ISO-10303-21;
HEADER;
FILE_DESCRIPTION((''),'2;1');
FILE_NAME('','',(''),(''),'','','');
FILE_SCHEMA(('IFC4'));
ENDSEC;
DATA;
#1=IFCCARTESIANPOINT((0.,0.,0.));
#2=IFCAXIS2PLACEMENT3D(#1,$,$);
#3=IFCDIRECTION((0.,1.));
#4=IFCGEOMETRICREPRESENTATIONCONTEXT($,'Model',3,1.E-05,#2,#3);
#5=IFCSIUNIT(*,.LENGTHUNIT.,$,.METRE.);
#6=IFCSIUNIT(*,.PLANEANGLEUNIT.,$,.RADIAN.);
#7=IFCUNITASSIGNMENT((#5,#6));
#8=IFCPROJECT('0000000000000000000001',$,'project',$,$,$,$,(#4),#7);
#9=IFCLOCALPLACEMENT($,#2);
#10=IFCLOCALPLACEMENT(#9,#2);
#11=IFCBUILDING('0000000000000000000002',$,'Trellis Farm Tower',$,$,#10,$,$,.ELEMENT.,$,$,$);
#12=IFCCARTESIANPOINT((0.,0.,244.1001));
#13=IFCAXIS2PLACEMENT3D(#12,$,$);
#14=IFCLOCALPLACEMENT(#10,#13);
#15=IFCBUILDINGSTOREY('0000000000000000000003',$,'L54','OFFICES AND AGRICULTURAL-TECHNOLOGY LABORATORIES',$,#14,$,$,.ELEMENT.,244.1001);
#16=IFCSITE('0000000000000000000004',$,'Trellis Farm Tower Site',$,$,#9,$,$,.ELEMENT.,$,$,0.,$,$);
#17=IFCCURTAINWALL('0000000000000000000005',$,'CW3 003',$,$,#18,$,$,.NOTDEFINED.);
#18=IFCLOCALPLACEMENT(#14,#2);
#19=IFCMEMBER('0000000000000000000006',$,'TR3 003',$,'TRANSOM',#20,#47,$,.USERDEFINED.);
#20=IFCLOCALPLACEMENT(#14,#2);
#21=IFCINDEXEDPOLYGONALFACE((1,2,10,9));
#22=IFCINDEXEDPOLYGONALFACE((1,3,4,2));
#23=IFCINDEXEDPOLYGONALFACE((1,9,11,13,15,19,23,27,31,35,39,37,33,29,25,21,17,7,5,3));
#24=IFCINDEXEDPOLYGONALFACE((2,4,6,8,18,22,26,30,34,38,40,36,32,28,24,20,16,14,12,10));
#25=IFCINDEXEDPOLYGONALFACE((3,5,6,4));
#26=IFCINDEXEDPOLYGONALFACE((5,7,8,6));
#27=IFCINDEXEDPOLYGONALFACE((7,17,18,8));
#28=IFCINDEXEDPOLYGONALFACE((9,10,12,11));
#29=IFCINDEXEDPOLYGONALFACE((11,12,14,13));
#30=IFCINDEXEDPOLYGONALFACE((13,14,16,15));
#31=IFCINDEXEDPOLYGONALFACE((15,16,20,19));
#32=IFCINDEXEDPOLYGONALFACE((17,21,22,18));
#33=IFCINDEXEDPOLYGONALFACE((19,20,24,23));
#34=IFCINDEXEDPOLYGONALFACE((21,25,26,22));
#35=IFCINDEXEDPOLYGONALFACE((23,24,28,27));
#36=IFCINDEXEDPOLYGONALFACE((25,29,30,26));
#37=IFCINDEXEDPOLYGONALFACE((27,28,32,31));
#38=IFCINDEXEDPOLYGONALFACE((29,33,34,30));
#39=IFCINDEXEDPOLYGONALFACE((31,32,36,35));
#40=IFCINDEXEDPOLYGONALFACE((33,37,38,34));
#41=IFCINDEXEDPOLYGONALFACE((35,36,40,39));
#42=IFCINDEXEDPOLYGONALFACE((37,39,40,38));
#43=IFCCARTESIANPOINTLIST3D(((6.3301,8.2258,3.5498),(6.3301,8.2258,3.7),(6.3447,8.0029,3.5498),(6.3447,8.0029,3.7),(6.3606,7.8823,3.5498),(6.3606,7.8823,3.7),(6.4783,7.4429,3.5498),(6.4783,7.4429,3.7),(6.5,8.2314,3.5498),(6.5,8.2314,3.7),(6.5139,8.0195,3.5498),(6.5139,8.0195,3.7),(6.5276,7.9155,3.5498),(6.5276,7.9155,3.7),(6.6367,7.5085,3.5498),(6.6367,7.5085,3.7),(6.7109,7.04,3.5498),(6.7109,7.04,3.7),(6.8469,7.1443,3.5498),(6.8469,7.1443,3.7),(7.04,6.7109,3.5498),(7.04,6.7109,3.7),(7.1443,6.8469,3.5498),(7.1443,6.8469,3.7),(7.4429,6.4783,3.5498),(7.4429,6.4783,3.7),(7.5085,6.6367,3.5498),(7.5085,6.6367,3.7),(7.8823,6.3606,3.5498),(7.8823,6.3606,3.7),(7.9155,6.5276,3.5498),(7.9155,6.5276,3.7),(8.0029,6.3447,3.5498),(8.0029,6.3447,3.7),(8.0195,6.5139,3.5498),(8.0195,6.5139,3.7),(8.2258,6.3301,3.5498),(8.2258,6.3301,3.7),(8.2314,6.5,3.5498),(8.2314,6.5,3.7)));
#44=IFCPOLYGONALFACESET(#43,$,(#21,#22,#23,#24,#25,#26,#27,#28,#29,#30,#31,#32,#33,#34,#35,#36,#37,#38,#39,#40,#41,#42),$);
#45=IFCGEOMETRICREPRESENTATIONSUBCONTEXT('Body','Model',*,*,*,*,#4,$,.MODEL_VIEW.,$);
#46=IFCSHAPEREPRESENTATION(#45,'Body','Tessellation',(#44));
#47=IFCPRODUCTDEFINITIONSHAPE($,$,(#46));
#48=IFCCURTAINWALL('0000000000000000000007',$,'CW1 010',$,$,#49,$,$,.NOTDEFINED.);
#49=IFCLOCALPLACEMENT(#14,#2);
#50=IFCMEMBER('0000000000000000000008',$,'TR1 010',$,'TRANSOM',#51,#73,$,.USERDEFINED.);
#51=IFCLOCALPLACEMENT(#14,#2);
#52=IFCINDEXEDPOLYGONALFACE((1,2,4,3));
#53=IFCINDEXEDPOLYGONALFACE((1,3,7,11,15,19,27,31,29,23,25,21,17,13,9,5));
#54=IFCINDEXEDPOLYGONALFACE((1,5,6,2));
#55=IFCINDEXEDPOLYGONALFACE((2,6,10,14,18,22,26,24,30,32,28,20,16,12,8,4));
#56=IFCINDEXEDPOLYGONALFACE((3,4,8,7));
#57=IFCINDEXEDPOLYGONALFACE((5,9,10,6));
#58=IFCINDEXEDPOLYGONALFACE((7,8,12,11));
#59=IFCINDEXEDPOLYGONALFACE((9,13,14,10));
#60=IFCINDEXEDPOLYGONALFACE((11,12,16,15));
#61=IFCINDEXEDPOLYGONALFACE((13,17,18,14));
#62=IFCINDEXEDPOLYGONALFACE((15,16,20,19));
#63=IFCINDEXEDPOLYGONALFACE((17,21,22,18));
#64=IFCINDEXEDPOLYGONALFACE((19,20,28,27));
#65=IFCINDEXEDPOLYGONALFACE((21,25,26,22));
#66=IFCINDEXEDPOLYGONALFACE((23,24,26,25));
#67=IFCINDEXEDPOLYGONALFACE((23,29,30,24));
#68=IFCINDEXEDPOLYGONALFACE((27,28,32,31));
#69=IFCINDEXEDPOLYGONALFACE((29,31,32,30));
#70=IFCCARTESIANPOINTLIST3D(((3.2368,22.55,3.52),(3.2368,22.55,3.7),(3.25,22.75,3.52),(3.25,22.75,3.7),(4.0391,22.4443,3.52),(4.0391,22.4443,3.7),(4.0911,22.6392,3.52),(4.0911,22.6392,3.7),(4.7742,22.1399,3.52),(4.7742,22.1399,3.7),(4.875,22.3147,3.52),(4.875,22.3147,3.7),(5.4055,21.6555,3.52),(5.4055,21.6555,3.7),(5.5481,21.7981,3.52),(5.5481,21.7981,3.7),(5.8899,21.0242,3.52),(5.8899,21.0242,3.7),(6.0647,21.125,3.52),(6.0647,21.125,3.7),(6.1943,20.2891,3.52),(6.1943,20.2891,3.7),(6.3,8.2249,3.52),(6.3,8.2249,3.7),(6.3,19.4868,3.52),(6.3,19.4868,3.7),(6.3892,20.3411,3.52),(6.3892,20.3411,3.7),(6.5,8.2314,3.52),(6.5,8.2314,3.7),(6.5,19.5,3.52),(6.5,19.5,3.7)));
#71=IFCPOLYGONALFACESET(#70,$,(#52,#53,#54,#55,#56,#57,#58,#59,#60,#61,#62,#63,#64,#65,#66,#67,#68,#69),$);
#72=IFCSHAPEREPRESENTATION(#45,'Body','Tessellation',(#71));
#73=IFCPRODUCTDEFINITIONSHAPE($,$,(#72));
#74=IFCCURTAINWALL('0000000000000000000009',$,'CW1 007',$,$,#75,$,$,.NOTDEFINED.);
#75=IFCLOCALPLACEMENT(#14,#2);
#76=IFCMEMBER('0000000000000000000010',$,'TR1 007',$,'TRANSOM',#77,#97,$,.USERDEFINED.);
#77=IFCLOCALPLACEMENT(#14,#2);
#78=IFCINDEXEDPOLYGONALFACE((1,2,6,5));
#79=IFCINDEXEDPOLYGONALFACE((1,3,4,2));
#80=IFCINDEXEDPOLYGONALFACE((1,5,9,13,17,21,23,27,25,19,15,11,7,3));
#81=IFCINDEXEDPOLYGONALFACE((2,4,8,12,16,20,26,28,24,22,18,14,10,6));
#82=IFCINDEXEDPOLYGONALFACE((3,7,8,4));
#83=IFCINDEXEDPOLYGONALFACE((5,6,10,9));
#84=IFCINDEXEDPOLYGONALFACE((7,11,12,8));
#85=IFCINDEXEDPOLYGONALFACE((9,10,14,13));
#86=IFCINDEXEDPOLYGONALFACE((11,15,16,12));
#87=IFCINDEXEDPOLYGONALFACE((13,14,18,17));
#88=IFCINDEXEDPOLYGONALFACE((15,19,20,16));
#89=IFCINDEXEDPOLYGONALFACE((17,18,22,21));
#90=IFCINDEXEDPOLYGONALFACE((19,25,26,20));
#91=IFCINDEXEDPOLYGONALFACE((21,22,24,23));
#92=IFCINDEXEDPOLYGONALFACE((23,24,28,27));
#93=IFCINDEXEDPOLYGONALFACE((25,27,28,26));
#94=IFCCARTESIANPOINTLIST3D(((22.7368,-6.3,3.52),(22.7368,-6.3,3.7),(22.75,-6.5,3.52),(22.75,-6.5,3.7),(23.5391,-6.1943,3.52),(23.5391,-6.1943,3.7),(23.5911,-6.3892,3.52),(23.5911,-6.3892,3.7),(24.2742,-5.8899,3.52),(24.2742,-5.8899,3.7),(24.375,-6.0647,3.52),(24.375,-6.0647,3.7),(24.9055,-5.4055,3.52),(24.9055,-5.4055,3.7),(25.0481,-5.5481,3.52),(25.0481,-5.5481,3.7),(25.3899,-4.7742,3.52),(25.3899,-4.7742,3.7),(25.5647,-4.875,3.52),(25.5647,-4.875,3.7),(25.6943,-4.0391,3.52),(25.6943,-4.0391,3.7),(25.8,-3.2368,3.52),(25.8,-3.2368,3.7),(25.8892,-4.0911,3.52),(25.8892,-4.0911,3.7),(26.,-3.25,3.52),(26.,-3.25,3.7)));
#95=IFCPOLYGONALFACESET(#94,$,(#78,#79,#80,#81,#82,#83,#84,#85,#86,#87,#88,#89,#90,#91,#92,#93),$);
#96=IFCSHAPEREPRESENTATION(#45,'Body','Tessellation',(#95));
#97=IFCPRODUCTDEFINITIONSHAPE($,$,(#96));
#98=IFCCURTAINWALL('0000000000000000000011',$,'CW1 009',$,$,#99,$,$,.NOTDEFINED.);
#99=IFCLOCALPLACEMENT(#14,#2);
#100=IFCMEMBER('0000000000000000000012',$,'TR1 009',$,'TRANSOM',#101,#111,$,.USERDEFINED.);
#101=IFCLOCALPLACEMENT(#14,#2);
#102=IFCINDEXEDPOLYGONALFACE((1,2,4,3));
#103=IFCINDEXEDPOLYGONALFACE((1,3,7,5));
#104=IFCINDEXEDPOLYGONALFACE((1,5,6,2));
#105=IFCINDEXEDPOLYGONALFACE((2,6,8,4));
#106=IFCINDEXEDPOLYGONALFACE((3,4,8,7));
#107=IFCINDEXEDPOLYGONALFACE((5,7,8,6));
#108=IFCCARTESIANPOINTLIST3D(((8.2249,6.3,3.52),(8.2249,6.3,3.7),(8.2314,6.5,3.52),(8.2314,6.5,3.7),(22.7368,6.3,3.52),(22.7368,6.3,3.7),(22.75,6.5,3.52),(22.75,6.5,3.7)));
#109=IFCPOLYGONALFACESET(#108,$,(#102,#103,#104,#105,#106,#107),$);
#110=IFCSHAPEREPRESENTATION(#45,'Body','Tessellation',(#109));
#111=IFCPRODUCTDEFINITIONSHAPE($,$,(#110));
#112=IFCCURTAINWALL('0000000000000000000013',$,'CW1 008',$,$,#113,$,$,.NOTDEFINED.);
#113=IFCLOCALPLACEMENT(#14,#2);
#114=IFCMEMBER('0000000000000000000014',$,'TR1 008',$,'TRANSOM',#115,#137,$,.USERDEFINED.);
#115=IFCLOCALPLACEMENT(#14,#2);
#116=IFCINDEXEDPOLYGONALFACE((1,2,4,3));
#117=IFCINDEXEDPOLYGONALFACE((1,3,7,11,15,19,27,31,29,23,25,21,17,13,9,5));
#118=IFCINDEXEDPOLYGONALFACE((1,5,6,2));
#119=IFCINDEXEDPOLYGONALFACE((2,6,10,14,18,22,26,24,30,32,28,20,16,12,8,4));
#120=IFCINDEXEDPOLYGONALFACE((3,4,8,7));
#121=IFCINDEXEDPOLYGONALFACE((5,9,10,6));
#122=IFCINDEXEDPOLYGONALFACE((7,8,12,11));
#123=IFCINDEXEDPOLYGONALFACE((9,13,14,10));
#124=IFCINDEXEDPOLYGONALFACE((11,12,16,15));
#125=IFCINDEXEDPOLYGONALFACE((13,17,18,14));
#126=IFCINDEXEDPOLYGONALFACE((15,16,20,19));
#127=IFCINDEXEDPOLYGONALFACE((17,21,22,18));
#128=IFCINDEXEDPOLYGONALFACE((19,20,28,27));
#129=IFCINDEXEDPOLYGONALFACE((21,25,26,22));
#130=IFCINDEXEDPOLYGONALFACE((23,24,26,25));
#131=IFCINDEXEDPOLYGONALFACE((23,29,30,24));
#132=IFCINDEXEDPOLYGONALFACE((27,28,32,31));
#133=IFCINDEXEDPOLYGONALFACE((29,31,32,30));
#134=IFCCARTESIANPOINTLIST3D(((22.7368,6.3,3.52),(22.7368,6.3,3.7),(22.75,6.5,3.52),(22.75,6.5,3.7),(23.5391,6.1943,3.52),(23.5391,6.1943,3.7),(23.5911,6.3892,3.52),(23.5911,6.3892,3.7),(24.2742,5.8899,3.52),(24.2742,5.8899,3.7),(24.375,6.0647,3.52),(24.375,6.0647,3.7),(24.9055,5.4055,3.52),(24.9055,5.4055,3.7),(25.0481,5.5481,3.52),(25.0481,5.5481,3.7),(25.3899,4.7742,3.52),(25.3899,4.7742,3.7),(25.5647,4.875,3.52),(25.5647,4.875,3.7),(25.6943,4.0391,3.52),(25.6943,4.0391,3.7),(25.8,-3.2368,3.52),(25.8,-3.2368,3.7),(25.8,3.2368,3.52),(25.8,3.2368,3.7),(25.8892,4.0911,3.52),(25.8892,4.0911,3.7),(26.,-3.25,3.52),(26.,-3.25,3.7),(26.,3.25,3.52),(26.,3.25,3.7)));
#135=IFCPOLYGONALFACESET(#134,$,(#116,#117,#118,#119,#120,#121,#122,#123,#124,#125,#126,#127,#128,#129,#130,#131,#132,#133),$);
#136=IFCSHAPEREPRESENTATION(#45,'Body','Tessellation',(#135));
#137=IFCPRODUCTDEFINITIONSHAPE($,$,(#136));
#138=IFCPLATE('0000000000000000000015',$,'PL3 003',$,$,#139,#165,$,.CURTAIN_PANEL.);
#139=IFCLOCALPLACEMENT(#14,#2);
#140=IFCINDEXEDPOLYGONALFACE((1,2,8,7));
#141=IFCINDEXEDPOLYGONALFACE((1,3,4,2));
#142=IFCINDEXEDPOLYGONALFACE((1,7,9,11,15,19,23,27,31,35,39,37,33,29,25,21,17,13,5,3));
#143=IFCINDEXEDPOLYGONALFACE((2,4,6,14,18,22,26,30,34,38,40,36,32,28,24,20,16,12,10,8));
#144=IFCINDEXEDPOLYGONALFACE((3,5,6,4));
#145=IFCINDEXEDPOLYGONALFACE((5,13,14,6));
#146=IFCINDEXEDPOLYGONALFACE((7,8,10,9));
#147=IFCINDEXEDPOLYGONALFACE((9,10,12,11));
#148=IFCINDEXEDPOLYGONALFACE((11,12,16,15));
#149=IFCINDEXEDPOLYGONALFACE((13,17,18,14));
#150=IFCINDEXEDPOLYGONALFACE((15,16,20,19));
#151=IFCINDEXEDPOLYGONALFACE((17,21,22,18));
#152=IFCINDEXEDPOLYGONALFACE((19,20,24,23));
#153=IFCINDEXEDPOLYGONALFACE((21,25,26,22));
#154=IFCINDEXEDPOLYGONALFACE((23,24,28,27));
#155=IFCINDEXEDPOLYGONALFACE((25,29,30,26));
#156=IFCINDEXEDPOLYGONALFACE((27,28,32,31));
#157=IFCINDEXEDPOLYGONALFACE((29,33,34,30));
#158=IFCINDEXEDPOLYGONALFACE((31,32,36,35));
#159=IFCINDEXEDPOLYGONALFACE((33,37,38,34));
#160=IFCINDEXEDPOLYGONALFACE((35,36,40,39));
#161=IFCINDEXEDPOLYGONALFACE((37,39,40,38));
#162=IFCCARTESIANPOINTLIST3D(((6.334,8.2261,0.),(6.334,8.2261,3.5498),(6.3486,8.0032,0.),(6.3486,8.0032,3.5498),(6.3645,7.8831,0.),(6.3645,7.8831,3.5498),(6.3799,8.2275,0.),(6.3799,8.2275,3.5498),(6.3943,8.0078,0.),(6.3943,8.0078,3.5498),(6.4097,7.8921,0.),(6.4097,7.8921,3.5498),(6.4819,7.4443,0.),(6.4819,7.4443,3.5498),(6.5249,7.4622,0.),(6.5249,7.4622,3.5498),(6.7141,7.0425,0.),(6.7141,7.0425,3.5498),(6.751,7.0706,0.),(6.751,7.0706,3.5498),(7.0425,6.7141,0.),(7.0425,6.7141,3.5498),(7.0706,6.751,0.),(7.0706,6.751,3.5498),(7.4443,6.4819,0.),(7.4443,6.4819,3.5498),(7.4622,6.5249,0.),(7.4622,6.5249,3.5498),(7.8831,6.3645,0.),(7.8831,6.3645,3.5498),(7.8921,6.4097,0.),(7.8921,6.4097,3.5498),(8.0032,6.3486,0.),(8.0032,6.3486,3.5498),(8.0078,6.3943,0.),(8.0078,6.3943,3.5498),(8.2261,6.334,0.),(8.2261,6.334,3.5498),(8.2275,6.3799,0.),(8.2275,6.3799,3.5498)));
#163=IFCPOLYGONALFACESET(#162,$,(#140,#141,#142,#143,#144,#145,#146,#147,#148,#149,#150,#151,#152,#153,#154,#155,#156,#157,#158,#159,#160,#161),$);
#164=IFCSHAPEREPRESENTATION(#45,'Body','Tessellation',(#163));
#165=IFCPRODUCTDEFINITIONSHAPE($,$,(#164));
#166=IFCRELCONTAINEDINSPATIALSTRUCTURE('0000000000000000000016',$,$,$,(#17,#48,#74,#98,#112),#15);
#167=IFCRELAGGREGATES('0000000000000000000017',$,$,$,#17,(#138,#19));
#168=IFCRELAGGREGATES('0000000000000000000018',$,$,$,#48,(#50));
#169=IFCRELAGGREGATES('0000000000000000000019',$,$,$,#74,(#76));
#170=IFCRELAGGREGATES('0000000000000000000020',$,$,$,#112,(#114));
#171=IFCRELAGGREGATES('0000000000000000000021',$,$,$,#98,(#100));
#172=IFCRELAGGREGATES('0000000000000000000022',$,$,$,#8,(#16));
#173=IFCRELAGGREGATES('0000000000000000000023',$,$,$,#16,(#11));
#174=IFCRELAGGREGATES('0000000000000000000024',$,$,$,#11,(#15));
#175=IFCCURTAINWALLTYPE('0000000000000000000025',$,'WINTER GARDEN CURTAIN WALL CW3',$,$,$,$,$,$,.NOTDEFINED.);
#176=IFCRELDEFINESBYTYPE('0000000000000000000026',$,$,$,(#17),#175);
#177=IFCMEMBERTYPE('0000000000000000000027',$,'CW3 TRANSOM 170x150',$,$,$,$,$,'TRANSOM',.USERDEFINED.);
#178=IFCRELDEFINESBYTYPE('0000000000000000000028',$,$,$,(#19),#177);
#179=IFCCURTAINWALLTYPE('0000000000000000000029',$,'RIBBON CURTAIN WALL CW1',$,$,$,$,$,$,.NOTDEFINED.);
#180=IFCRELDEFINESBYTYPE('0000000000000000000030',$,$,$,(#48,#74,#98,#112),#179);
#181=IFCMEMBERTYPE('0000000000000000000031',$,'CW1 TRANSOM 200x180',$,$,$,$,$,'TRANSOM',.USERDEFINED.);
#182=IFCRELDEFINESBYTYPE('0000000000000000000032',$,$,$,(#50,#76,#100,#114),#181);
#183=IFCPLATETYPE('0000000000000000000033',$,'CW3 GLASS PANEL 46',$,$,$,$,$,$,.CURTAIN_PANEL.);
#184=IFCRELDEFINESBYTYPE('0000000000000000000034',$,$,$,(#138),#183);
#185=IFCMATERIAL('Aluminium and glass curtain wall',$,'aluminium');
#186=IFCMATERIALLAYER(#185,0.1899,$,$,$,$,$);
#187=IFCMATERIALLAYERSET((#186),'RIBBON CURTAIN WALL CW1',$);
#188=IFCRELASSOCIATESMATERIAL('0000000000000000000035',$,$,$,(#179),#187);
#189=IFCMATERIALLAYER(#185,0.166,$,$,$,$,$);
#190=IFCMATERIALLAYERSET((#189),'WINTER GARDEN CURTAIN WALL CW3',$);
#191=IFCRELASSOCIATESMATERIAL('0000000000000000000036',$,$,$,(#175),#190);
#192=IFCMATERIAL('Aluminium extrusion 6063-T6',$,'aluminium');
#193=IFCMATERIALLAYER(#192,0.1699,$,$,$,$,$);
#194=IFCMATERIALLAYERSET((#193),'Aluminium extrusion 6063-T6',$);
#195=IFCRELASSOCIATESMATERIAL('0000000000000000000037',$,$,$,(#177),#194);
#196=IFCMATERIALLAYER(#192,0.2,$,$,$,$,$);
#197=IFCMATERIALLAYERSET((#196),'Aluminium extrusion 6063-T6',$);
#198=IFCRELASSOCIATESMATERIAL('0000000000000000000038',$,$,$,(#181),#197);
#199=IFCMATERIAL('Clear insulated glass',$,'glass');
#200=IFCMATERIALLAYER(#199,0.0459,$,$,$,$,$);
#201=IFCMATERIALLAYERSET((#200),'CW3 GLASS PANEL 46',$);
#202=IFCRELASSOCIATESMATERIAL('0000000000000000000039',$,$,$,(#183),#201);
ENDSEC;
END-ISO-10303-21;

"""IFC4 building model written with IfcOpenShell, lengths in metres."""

from ifc_helpers import new_model, si_unit, direction, frame, origin, place, context, subcontext, project, spatial, polyline, outline, extrude, source, transform, mapped, material, layer, layer_set, type_object, element, aggregate, save


model = new_model("IFC4")

# Units and contexts
model_context = context("Model", 3, precision=1e-05, world=origin(), true_north=direction((0.0, 1.0)))
body_context = subcontext(model_context, "Body", "Model", "MODEL_VIEW")
ifc_project = project(units=[si_unit("LENGTHUNIT", "METRE"), si_unit("PLANEANGLEUNIT", "RADIAN")], contexts=[model_context])

# Site, building, storey
site_placement = place(None, origin())
site = spatial("IfcSite", under=ifc_project, at=site_placement, Name="Trellis Farm Tower Site", CompositionType="ELEMENT", RefElevation=0.0)
building_placement = place(site_placement, origin())
building = spatial("IfcBuilding", under=site, at=building_placement, Name="Trellis Farm Tower", CompositionType="ELEMENT")
storey_placement = place(building_placement, frame((0.0, 0.0, 244.1001)))
storey = spatial("IfcBuildingStorey", under=building, at=storey_placement, Name="L54", Description="OFFICES AND AGRICULTURAL-TECHNOLOGY LABORATORIES", CompositionType="ELEMENT", Elevation=244.1001)

# Curtain walls, members
ifc_material_1 = material(Name="Aluminium and glass curtain wall", Category="aluminium")
ifc_layer_1 = layer(ifc_material_1, 0.1899)
ifc_layer_set_1 = layer_set([ifc_layer_1], Name="RIBBON CURTAIN WALL CW1")
curtain_wall_type_1 = type_object("IfcCurtainWallType", Name="RIBBON CURTAIN WALL CW1", PredefinedType="NOTDEFINED", material=ifc_layer_set_1)
placement_1 = place(storey_placement, origin())
ifc_material_2 = material(Name="Aluminium extrusion 6063-T6", Category="aluminium")
ifc_layer_2 = layer(ifc_material_1, 0.166)
ifc_layer_set_2 = layer_set([ifc_layer_2], Name="WINTER GARDEN CURTAIN WALL CW3")
curtain_wall_type_2 = type_object("IfcCurtainWallType", Name="WINTER GARDEN CURTAIN WALL CW3", PredefinedType="NOTDEFINED", material=ifc_layer_set_2)
ifc_layer_3 = layer(ifc_material_2, 0.1699)
ifc_layer_set_3 = layer_set([ifc_layer_3], Name="Aluminium extrusion 6063-T6")
member_type_1 = type_object("IfcMemberType", Name="CW3 TRANSOM 170x150", ElementType="TRANSOM", PredefinedType="USERDEFINED", material=ifc_layer_set_3)
placement_2 = place(storey_placement, frame((0.0, 0.0, 3.5498)))
curtain_wall_1 = element("IfcCurtainWall", 1, at=placement_1, inside=storey, type_object=curtain_wall_type_2, Name="CW3 003", PredefinedType="NOTDEFINED")
shared_shape_1 = source(origin(), body_context, "Body", "SweptSolid", [
    extrude(outline(polyline([(8.2314, 6.5), (8.0195, 6.5139), (7.9155, 6.5276), (7.5085, 6.6367), (7.1443, 6.8469), (6.8469, 7.1443), (6.6367, 7.5085), (6.5276, 7.9155), (6.5139, 8.0195), (6.5, 8.2314), (6.3301, 8.2258), (6.3447, 8.0029), (6.3606, 7.8823), (6.4783, 7.4429), (6.7109, 7.04), (7.04, 6.7109), (7.4429, 6.4783), (7.8823, 6.3606), (8.0029, 6.3447), (8.2258, 6.3301), (8.2314, 6.5)])), origin(), (0.0, 0.0, 1.0), 0.1501),
])
member_1 = element("IfcMember", 2, at=placement_2, type_object=member_type_1, Name="TR3 003", ObjectType="TRANSOM", PredefinedType="USERDEFINED", context=body_context, shape_type="MappedRepresentation", body=[
    mapped(shared_shape_1, transform((0.0, 0.0, 0.0))),
])
curtain_wall_2 = element("IfcCurtainWall", 3, at=placement_1, inside=storey, type_object=curtain_wall_type_1, Name="CW1 010", PredefinedType="NOTDEFINED")
ifc_layer_4 = layer(ifc_material_2, 0.2)
ifc_layer_set_4 = layer_set([ifc_layer_4], Name="Aluminium extrusion 6063-T6")
member_type_2 = type_object("IfcMemberType", Name="CW1 TRANSOM 200x180", ElementType="TRANSOM", PredefinedType="USERDEFINED", material=ifc_layer_set_4)
shared_shape_2 = source(origin(), body_context, "Body", "SweptSolid", [
    extrude(outline(polyline([(6.5, 8.2314), (6.5, 19.5), (6.3892, 20.3411), (6.0647, 21.125), (5.5481, 21.7981), (4.875, 22.3147), (4.0911, 22.6392), (3.25, 22.75), (3.2368, 22.55), (4.0391, 22.4443), (4.7742, 22.1399), (5.4055, 21.6555), (5.8899, 21.0242), (6.1943, 20.2891), (6.3, 19.4868), (6.3, 8.2249), (6.5, 8.2314)])), origin(), (0.0, 0.0, 1.0), 0.1799),
])
placement_3 = place(storey_placement, frame((0.0, 0.0, 3.52)))
member_2 = element("IfcMember", 4, at=placement_3, type_object=member_type_2, Name="TR1 010", ObjectType="TRANSOM", PredefinedType="USERDEFINED", context=body_context, shape_type="MappedRepresentation", body=[
    mapped(shared_shape_2, transform((0.0, 0.0, 0.0))),
])
curtain_wall_3 = element("IfcCurtainWall", 5, at=placement_1, inside=storey, type_object=curtain_wall_type_1, Name="CW1 007", PredefinedType="NOTDEFINED")
shared_shape_3 = source(origin(), body_context, "Body", "SweptSolid", [
    extrude(outline(polyline([(22.75, -6.5), (23.5911, -6.3892), (24.375, -6.0647), (25.0481, -5.5481), (25.5647, -4.875), (25.8892, -4.0911), (26.0, -3.25), (25.8, -3.2368), (25.6943, -4.0391), (25.3899, -4.7742), (24.9055, -5.4055), (24.2742, -5.8899), (23.5391, -6.1943), (22.7368, -6.3), (22.75, -6.5)])), origin(), (0.0, 0.0, 1.0), 0.1799),
])
member_3 = element("IfcMember", 6, at=placement_3, type_object=member_type_2, Name="TR1 007", ObjectType="TRANSOM", PredefinedType="USERDEFINED", context=body_context, shape_type="MappedRepresentation", body=[
    mapped(shared_shape_3, transform((0.0, 0.0, 0.0))),
])
curtain_wall_4 = element("IfcCurtainWall", 7, at=placement_1, inside=storey, type_object=curtain_wall_type_1, Name="CW1 009", PredefinedType="NOTDEFINED")
shared_shape_4 = source(origin(), body_context, "Body", "SweptSolid", [
    extrude(outline(polyline([(22.75, 6.5), (8.2314, 6.5), (8.2249, 6.3), (22.7368, 6.3), (22.75, 6.5)])), origin(), (0.0, 0.0, 1.0), 0.1799),
])
member_4 = element("IfcMember", 8, at=placement_3, type_object=member_type_2, Name="TR1 009", ObjectType="TRANSOM", PredefinedType="USERDEFINED", context=body_context, shape_type="MappedRepresentation", body=[
    mapped(shared_shape_4, transform((0.0, 0.0, 0.0))),
])
curtain_wall_5 = element("IfcCurtainWall", 9, at=placement_1, inside=storey, type_object=curtain_wall_type_1, Name="CW1 008", PredefinedType="NOTDEFINED")
shared_shape_5 = source(origin(), body_context, "Body", "SweptSolid", [
    extrude(outline(polyline([(26.0, -3.25), (26.0, 3.25), (25.8892, 4.0911), (25.5647, 4.875), (25.0481, 5.5481), (24.375, 6.0647), (23.5911, 6.3892), (22.75, 6.5), (22.7368, 6.3), (23.5391, 6.1943), (24.2742, 5.8899), (24.9055, 5.4055), (25.3899, 4.7742), (25.6943, 4.0391), (25.8, 3.2368), (25.8, -3.2368), (26.0, -3.25)])), origin(), (0.0, 0.0, 1.0), 0.1799),
])
member_5 = element("IfcMember", 10, at=placement_3, type_object=member_type_2, Name="TR1 008", ObjectType="TRANSOM", PredefinedType="USERDEFINED", context=body_context, shape_type="MappedRepresentation", body=[
    mapped(shared_shape_5, transform((0.0, 0.0, 0.0))),
])

# Plate
ifc_material_3 = material(Name="Clear insulated glass", Category="glass")
ifc_layer_5 = layer(ifc_material_3, 0.0459)
ifc_layer_set_5 = layer_set([ifc_layer_5], Name="CW3 GLASS PANEL 46")
plate_type_1 = type_object("IfcPlateType", Name="CW3 GLASS PANEL 46", PredefinedType="CURTAIN_PANEL", material=ifc_layer_set_5)
shared_shape_6 = source(origin(), body_context, "Body", "SweptSolid", [
    extrude(outline(polyline([(8.2275, 6.3799), (8.0078, 6.3943), (7.8921, 6.4097), (7.4622, 6.5249), (7.0706, 6.751), (6.751, 7.0706), (6.5249, 7.4622), (6.4097, 7.8921), (6.3943, 8.0078), (6.3799, 8.2275), (6.334, 8.2261), (6.3486, 8.0032), (6.3645, 7.8831), (6.4819, 7.4443), (6.7141, 7.0425), (7.0425, 6.7141), (7.4443, 6.4819), (7.8831, 6.3645), (8.0032, 6.3486), (8.2261, 6.334), (8.2275, 6.3799)])), origin(), (0.0, 0.0, 1.0), 3.5498),
])
plate_1 = element("IfcPlate", 11, at=placement_1, type_object=plate_type_1, Name="PL3 003", PredefinedType="CURTAIN_PANEL", context=body_context, shape_type="MappedRepresentation", body=[
    mapped(shared_shape_6, transform((0.0, 0.0, 0.0))),
])
aggregate(curtain_wall_1, [plate_1, member_1])
aggregate(curtain_wall_2, [member_2])
aggregate(curtain_wall_3, [member_3])
aggregate(curtain_wall_5, [member_5])
aggregate(curtain_wall_4, [member_4])

save(model, "model.ifc")
